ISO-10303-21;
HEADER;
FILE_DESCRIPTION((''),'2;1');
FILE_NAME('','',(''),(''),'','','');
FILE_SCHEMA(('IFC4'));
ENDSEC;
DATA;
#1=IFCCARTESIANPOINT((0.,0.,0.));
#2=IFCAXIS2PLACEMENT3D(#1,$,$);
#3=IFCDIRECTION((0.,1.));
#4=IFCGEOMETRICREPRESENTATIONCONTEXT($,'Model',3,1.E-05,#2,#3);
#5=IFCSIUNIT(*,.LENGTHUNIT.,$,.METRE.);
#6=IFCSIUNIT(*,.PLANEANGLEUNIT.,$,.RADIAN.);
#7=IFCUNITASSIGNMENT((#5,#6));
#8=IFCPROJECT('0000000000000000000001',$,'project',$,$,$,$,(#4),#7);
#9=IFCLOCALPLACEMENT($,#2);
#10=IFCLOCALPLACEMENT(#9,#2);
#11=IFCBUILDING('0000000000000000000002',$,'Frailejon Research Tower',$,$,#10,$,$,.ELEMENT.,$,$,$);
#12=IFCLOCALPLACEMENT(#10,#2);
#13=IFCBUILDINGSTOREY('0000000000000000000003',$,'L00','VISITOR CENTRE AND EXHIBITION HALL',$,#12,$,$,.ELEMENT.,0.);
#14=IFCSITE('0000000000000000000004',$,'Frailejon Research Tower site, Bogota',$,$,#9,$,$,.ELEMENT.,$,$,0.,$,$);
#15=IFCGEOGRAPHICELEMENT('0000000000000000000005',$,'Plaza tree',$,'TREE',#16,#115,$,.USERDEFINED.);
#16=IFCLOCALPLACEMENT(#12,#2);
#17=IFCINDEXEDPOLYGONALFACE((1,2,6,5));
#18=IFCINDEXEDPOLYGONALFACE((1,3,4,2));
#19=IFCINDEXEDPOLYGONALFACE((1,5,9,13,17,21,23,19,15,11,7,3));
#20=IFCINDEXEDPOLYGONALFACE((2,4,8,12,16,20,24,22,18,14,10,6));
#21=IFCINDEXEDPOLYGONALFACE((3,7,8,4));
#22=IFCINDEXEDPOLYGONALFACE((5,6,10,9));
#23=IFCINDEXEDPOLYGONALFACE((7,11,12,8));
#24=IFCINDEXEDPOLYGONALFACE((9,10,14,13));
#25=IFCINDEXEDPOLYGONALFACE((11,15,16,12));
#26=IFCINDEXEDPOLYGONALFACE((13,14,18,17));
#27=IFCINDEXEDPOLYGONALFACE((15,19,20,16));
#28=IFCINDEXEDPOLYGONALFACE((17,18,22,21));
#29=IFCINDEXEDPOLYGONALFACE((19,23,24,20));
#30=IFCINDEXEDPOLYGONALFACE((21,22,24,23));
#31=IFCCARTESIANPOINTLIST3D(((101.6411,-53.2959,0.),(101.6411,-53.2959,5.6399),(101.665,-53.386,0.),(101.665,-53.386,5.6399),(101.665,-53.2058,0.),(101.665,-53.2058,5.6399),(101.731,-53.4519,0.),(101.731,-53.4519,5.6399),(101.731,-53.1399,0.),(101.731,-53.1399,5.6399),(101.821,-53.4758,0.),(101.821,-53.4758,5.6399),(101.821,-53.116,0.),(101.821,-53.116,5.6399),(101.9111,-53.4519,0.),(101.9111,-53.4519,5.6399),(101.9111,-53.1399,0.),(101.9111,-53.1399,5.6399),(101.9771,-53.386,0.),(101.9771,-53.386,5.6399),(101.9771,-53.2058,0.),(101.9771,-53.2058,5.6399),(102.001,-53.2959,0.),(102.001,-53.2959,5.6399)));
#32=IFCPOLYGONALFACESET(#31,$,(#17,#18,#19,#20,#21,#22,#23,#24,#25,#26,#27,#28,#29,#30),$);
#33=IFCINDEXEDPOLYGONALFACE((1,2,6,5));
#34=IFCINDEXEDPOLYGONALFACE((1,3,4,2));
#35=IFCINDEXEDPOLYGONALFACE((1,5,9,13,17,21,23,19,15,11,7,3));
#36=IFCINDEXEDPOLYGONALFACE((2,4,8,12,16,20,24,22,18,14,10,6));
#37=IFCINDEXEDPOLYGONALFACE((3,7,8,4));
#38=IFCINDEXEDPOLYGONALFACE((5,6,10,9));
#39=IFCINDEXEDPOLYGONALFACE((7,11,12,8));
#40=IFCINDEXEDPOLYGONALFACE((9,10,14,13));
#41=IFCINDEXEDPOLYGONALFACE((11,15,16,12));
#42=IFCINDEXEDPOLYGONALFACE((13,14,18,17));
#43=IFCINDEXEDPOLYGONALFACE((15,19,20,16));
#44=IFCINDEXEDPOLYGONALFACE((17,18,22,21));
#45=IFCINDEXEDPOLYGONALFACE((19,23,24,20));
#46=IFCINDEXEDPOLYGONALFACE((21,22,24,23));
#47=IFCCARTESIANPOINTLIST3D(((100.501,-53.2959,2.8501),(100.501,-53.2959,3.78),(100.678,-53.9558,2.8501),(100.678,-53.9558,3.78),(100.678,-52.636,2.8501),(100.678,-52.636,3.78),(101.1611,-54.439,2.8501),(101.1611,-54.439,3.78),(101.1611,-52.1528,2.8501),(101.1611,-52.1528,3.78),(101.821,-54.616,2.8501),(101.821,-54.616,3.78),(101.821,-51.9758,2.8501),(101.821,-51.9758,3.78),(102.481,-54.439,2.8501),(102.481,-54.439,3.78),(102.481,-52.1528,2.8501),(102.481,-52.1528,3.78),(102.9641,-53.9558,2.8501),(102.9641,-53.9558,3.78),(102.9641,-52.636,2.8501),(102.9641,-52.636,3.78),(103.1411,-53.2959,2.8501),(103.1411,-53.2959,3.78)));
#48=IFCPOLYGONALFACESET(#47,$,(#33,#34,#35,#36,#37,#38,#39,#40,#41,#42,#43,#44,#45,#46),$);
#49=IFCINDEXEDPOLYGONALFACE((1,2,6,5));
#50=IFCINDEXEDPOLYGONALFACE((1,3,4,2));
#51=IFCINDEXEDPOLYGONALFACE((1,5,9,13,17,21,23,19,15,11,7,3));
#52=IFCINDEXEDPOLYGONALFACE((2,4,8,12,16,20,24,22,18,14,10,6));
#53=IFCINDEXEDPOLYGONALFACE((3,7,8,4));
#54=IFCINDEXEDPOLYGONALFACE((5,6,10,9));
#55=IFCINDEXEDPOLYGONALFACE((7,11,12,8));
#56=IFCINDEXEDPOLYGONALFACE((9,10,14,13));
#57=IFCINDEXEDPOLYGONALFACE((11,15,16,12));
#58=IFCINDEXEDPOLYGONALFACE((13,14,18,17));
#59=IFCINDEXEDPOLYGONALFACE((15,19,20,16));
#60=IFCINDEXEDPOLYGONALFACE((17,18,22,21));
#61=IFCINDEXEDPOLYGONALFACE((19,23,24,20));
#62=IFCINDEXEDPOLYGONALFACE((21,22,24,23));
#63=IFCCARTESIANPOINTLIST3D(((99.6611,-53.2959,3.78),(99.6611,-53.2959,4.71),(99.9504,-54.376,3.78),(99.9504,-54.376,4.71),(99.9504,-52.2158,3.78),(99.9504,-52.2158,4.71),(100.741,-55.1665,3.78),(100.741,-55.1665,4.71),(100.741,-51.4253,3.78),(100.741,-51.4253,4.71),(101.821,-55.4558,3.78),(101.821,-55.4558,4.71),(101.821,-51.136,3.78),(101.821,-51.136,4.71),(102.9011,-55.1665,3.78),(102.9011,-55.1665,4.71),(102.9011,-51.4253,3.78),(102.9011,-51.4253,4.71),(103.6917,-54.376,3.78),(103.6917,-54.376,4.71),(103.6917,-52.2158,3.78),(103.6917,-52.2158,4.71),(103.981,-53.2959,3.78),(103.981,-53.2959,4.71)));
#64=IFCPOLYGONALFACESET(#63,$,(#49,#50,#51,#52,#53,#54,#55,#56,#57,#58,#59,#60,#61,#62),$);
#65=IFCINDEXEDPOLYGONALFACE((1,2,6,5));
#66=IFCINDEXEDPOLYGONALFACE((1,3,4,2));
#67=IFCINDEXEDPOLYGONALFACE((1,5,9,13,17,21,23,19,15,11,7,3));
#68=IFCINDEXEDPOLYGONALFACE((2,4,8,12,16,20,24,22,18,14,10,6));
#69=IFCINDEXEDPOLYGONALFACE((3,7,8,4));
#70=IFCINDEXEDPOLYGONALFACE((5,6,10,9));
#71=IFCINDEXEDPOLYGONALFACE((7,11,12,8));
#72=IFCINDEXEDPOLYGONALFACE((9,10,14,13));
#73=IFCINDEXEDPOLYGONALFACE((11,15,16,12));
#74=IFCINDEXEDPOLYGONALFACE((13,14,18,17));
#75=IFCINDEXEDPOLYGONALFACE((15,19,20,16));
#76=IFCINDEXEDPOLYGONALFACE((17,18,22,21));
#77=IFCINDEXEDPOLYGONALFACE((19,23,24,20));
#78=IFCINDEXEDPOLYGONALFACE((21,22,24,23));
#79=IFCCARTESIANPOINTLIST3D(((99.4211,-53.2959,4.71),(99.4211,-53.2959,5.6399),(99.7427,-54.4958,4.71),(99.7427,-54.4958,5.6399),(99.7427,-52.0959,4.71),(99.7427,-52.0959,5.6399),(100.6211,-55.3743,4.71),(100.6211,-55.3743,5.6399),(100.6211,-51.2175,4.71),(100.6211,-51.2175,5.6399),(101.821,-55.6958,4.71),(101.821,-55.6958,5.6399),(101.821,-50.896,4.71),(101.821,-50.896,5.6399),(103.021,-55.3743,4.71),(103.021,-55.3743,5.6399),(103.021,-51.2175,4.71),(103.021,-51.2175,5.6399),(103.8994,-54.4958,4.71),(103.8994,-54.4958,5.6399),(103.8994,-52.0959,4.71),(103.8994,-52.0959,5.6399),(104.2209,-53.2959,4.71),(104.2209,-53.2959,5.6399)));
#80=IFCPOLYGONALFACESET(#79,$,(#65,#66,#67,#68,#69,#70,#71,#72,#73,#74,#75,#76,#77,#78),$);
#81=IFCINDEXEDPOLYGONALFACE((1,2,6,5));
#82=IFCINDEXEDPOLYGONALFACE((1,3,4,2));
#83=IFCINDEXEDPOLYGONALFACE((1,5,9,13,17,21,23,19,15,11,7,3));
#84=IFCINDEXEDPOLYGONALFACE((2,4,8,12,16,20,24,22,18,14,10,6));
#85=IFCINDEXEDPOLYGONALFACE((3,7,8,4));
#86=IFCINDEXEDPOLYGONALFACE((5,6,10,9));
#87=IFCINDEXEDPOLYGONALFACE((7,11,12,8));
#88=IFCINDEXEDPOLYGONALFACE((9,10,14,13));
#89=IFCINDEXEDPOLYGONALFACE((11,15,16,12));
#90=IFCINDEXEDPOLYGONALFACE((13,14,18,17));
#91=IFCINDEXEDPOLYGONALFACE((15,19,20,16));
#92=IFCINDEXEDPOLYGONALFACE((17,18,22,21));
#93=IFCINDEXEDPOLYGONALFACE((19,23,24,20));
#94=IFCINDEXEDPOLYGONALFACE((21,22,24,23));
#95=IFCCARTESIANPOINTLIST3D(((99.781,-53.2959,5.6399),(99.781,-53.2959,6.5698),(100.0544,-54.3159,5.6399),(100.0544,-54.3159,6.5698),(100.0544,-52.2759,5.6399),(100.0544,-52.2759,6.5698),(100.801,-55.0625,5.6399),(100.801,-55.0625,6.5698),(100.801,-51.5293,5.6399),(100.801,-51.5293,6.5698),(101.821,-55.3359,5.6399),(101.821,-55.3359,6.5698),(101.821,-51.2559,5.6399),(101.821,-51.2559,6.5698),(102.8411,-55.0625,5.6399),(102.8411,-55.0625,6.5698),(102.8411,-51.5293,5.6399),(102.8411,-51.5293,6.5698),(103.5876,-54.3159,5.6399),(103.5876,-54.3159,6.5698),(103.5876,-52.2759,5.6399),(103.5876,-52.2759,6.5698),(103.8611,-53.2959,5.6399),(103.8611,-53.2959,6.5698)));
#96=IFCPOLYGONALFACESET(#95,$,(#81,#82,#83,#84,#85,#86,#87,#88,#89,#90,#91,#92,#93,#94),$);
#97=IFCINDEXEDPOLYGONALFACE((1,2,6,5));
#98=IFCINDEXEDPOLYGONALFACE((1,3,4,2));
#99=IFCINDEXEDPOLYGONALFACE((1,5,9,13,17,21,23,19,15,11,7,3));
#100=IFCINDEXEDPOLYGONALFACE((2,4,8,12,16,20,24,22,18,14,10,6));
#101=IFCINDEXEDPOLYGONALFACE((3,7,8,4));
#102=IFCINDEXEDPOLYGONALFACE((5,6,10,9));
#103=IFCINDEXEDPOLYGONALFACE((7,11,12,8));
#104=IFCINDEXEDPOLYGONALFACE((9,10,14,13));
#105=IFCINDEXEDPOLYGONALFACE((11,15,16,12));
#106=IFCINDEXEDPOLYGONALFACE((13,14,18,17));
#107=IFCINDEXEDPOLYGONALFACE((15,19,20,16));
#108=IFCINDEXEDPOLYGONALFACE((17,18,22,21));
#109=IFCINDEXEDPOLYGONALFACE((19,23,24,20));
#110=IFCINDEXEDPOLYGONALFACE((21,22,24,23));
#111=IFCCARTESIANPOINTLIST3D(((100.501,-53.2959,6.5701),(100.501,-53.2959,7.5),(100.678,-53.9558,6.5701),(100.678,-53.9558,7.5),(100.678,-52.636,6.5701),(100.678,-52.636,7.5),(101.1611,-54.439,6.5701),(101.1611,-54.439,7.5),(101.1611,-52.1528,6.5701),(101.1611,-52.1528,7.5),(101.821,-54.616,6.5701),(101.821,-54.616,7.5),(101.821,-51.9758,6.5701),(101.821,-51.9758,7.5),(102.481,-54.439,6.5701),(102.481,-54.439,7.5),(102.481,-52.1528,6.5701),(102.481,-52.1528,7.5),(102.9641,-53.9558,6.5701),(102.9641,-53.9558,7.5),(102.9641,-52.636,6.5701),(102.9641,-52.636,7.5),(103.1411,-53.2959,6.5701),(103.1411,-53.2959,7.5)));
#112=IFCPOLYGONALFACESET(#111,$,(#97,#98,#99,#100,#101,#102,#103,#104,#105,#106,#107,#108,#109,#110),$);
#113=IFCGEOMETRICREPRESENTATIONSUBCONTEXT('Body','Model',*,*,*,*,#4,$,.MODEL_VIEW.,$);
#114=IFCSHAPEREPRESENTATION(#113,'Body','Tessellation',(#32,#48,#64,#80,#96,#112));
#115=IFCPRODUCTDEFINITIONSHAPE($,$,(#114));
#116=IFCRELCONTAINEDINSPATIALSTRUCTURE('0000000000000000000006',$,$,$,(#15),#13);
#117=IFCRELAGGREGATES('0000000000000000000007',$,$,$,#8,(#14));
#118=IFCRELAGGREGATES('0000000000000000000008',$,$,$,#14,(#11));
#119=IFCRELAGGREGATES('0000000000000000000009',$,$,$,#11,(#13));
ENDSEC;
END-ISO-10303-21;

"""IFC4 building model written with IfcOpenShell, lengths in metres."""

from ifc_helpers import new_model, si_unit, direction, frame, origin, place, context, subcontext, project, spatial, polyline, outline, extrude, element, save


model = new_model("IFC4")

# Units and contexts
model_context = context("Model", 3, precision=1e-05, world=origin(), true_north=direction((0.0, 1.0)))
body_context = subcontext(model_context, "Body", "Model", "MODEL_VIEW")
ifc_project = project(units=[si_unit("LENGTHUNIT", "METRE"), si_unit("PLANEANGLEUNIT", "RADIAN")], contexts=[model_context])

# Site, building, storey
site_placement = place(None, origin())
site = spatial("IfcSite", under=ifc_project, at=site_placement, Name="Frailejon Research Tower site, Bogota", CompositionType="ELEMENT", RefElevation=0.0)
building_placement = place(site_placement, origin())
building = spatial("IfcBuilding", under=site, at=building_placement, Name="Frailejon Research Tower", CompositionType="ELEMENT")
storey_placement = place(building_placement, origin())
storey = spatial("IfcBuildingStorey", under=building, at=storey_placement, Name="L00", Description="VISITOR CENTRE AND EXHIBITION HALL", CompositionType="ELEMENT", Elevation=0.0)

# Geographic element
geographic_element_1_placement = place(storey_placement, frame((101.821, -53.2959, 0.0)))
element("IfcGeographicElement", 1, at=geographic_element_1_placement, inside=storey, Name="Plaza tree", ObjectType="TREE", PredefinedType="USERDEFINED", context=body_context, shape_type="SweptSolid", body=[
    extrude(outline(polyline([(0.1799, 0.0), (0.156, 0.0901), (0.0901, 0.156), (0.0, 0.1799), (-0.0901, 0.156), (-0.156, 0.0901), (-0.1799, 0.0), (-0.156, -0.0901), (-0.0901, -0.156), (0.0, -0.1799), (0.0901, -0.156), (0.156, -0.0901), (0.1799, 0.0)])), origin(), (0.0, 0.0, 1.0), 5.6399),
    extrude(outline(polyline([(1.3201, 0.0), (1.1431, 0.6599), (0.6599, 1.1431), (0.0, 1.3201), (-0.6599, 1.1431), (-1.1431, 0.6599), (-1.3201, 0.0), (-1.1431, -0.6599), (-0.6599, -1.1431), (0.0, -1.3201), (0.6599, -1.1431), (1.1431, -0.6599), (1.3201, 0.0)])), frame((0.0, 0.0, 2.8501)), (0.0, 0.0, 1.0), 0.9299),
    extrude(outline(polyline([(2.1599, 0.0), (1.8706, 1.0801), (1.0801, 1.8706), (0.0, 2.1599), (-1.0801, 1.8706), (-1.8706, 1.0801), (-2.1599, 0.0), (-1.8706, -1.0801), (-1.0801, -1.8706), (0.0, -2.1599), (1.0801, -1.8706), (1.8706, -1.0801), (2.1599, 0.0)])), frame((0.0, 0.0, 3.78)), (0.0, 0.0, 1.0), 0.9299),
    extrude(outline(polyline([(2.3999, 0.0), (2.0784, 1.2), (1.2, 2.0784), (0.0, 2.3999), (-1.2, 2.0784), (-2.0784, 1.2), (-2.3999, 0.0), (-2.0784, -1.2), (-1.2, -2.0784), (0.0, -2.3999), (1.2, -2.0784), (2.0784, -1.2), (2.3999, 0.0)])), frame((0.0, 0.0, 4.71)), (0.0, 0.0, 1.0), 0.9299),
    extrude(outline(polyline([(2.04, 0.0), (1.7666, 1.02), (1.02, 1.7666), (0.0, 2.04), (-1.02, 1.7666), (-1.7666, 1.02), (-2.04, 0.0), (-1.7666, -1.02), (-1.02, -1.7666), (0.0, -2.04), (1.02, -1.7666), (1.7666, -1.02), (2.04, 0.0)])), frame((0.0, 0.0, 5.6399)), (0.0, 0.0, 1.0), 0.9299),
    extrude(outline(polyline([(1.3201, 0.0), (1.1431, 0.6599), (0.6599, 1.1431), (0.0, 1.3201), (-0.6599, 1.1431), (-1.1431, 0.6599), (-1.3201, 0.0), (-1.1431, -0.6599), (-0.6599, -1.1431), (0.0, -1.3201), (0.6599, -1.1431), (1.1431, -0.6599), (1.3201, 0.0)])), frame((0.0, 0.0, 6.5701)), (0.0, 0.0, 1.0), 0.9299),
])

save(model, "model.ifc")
